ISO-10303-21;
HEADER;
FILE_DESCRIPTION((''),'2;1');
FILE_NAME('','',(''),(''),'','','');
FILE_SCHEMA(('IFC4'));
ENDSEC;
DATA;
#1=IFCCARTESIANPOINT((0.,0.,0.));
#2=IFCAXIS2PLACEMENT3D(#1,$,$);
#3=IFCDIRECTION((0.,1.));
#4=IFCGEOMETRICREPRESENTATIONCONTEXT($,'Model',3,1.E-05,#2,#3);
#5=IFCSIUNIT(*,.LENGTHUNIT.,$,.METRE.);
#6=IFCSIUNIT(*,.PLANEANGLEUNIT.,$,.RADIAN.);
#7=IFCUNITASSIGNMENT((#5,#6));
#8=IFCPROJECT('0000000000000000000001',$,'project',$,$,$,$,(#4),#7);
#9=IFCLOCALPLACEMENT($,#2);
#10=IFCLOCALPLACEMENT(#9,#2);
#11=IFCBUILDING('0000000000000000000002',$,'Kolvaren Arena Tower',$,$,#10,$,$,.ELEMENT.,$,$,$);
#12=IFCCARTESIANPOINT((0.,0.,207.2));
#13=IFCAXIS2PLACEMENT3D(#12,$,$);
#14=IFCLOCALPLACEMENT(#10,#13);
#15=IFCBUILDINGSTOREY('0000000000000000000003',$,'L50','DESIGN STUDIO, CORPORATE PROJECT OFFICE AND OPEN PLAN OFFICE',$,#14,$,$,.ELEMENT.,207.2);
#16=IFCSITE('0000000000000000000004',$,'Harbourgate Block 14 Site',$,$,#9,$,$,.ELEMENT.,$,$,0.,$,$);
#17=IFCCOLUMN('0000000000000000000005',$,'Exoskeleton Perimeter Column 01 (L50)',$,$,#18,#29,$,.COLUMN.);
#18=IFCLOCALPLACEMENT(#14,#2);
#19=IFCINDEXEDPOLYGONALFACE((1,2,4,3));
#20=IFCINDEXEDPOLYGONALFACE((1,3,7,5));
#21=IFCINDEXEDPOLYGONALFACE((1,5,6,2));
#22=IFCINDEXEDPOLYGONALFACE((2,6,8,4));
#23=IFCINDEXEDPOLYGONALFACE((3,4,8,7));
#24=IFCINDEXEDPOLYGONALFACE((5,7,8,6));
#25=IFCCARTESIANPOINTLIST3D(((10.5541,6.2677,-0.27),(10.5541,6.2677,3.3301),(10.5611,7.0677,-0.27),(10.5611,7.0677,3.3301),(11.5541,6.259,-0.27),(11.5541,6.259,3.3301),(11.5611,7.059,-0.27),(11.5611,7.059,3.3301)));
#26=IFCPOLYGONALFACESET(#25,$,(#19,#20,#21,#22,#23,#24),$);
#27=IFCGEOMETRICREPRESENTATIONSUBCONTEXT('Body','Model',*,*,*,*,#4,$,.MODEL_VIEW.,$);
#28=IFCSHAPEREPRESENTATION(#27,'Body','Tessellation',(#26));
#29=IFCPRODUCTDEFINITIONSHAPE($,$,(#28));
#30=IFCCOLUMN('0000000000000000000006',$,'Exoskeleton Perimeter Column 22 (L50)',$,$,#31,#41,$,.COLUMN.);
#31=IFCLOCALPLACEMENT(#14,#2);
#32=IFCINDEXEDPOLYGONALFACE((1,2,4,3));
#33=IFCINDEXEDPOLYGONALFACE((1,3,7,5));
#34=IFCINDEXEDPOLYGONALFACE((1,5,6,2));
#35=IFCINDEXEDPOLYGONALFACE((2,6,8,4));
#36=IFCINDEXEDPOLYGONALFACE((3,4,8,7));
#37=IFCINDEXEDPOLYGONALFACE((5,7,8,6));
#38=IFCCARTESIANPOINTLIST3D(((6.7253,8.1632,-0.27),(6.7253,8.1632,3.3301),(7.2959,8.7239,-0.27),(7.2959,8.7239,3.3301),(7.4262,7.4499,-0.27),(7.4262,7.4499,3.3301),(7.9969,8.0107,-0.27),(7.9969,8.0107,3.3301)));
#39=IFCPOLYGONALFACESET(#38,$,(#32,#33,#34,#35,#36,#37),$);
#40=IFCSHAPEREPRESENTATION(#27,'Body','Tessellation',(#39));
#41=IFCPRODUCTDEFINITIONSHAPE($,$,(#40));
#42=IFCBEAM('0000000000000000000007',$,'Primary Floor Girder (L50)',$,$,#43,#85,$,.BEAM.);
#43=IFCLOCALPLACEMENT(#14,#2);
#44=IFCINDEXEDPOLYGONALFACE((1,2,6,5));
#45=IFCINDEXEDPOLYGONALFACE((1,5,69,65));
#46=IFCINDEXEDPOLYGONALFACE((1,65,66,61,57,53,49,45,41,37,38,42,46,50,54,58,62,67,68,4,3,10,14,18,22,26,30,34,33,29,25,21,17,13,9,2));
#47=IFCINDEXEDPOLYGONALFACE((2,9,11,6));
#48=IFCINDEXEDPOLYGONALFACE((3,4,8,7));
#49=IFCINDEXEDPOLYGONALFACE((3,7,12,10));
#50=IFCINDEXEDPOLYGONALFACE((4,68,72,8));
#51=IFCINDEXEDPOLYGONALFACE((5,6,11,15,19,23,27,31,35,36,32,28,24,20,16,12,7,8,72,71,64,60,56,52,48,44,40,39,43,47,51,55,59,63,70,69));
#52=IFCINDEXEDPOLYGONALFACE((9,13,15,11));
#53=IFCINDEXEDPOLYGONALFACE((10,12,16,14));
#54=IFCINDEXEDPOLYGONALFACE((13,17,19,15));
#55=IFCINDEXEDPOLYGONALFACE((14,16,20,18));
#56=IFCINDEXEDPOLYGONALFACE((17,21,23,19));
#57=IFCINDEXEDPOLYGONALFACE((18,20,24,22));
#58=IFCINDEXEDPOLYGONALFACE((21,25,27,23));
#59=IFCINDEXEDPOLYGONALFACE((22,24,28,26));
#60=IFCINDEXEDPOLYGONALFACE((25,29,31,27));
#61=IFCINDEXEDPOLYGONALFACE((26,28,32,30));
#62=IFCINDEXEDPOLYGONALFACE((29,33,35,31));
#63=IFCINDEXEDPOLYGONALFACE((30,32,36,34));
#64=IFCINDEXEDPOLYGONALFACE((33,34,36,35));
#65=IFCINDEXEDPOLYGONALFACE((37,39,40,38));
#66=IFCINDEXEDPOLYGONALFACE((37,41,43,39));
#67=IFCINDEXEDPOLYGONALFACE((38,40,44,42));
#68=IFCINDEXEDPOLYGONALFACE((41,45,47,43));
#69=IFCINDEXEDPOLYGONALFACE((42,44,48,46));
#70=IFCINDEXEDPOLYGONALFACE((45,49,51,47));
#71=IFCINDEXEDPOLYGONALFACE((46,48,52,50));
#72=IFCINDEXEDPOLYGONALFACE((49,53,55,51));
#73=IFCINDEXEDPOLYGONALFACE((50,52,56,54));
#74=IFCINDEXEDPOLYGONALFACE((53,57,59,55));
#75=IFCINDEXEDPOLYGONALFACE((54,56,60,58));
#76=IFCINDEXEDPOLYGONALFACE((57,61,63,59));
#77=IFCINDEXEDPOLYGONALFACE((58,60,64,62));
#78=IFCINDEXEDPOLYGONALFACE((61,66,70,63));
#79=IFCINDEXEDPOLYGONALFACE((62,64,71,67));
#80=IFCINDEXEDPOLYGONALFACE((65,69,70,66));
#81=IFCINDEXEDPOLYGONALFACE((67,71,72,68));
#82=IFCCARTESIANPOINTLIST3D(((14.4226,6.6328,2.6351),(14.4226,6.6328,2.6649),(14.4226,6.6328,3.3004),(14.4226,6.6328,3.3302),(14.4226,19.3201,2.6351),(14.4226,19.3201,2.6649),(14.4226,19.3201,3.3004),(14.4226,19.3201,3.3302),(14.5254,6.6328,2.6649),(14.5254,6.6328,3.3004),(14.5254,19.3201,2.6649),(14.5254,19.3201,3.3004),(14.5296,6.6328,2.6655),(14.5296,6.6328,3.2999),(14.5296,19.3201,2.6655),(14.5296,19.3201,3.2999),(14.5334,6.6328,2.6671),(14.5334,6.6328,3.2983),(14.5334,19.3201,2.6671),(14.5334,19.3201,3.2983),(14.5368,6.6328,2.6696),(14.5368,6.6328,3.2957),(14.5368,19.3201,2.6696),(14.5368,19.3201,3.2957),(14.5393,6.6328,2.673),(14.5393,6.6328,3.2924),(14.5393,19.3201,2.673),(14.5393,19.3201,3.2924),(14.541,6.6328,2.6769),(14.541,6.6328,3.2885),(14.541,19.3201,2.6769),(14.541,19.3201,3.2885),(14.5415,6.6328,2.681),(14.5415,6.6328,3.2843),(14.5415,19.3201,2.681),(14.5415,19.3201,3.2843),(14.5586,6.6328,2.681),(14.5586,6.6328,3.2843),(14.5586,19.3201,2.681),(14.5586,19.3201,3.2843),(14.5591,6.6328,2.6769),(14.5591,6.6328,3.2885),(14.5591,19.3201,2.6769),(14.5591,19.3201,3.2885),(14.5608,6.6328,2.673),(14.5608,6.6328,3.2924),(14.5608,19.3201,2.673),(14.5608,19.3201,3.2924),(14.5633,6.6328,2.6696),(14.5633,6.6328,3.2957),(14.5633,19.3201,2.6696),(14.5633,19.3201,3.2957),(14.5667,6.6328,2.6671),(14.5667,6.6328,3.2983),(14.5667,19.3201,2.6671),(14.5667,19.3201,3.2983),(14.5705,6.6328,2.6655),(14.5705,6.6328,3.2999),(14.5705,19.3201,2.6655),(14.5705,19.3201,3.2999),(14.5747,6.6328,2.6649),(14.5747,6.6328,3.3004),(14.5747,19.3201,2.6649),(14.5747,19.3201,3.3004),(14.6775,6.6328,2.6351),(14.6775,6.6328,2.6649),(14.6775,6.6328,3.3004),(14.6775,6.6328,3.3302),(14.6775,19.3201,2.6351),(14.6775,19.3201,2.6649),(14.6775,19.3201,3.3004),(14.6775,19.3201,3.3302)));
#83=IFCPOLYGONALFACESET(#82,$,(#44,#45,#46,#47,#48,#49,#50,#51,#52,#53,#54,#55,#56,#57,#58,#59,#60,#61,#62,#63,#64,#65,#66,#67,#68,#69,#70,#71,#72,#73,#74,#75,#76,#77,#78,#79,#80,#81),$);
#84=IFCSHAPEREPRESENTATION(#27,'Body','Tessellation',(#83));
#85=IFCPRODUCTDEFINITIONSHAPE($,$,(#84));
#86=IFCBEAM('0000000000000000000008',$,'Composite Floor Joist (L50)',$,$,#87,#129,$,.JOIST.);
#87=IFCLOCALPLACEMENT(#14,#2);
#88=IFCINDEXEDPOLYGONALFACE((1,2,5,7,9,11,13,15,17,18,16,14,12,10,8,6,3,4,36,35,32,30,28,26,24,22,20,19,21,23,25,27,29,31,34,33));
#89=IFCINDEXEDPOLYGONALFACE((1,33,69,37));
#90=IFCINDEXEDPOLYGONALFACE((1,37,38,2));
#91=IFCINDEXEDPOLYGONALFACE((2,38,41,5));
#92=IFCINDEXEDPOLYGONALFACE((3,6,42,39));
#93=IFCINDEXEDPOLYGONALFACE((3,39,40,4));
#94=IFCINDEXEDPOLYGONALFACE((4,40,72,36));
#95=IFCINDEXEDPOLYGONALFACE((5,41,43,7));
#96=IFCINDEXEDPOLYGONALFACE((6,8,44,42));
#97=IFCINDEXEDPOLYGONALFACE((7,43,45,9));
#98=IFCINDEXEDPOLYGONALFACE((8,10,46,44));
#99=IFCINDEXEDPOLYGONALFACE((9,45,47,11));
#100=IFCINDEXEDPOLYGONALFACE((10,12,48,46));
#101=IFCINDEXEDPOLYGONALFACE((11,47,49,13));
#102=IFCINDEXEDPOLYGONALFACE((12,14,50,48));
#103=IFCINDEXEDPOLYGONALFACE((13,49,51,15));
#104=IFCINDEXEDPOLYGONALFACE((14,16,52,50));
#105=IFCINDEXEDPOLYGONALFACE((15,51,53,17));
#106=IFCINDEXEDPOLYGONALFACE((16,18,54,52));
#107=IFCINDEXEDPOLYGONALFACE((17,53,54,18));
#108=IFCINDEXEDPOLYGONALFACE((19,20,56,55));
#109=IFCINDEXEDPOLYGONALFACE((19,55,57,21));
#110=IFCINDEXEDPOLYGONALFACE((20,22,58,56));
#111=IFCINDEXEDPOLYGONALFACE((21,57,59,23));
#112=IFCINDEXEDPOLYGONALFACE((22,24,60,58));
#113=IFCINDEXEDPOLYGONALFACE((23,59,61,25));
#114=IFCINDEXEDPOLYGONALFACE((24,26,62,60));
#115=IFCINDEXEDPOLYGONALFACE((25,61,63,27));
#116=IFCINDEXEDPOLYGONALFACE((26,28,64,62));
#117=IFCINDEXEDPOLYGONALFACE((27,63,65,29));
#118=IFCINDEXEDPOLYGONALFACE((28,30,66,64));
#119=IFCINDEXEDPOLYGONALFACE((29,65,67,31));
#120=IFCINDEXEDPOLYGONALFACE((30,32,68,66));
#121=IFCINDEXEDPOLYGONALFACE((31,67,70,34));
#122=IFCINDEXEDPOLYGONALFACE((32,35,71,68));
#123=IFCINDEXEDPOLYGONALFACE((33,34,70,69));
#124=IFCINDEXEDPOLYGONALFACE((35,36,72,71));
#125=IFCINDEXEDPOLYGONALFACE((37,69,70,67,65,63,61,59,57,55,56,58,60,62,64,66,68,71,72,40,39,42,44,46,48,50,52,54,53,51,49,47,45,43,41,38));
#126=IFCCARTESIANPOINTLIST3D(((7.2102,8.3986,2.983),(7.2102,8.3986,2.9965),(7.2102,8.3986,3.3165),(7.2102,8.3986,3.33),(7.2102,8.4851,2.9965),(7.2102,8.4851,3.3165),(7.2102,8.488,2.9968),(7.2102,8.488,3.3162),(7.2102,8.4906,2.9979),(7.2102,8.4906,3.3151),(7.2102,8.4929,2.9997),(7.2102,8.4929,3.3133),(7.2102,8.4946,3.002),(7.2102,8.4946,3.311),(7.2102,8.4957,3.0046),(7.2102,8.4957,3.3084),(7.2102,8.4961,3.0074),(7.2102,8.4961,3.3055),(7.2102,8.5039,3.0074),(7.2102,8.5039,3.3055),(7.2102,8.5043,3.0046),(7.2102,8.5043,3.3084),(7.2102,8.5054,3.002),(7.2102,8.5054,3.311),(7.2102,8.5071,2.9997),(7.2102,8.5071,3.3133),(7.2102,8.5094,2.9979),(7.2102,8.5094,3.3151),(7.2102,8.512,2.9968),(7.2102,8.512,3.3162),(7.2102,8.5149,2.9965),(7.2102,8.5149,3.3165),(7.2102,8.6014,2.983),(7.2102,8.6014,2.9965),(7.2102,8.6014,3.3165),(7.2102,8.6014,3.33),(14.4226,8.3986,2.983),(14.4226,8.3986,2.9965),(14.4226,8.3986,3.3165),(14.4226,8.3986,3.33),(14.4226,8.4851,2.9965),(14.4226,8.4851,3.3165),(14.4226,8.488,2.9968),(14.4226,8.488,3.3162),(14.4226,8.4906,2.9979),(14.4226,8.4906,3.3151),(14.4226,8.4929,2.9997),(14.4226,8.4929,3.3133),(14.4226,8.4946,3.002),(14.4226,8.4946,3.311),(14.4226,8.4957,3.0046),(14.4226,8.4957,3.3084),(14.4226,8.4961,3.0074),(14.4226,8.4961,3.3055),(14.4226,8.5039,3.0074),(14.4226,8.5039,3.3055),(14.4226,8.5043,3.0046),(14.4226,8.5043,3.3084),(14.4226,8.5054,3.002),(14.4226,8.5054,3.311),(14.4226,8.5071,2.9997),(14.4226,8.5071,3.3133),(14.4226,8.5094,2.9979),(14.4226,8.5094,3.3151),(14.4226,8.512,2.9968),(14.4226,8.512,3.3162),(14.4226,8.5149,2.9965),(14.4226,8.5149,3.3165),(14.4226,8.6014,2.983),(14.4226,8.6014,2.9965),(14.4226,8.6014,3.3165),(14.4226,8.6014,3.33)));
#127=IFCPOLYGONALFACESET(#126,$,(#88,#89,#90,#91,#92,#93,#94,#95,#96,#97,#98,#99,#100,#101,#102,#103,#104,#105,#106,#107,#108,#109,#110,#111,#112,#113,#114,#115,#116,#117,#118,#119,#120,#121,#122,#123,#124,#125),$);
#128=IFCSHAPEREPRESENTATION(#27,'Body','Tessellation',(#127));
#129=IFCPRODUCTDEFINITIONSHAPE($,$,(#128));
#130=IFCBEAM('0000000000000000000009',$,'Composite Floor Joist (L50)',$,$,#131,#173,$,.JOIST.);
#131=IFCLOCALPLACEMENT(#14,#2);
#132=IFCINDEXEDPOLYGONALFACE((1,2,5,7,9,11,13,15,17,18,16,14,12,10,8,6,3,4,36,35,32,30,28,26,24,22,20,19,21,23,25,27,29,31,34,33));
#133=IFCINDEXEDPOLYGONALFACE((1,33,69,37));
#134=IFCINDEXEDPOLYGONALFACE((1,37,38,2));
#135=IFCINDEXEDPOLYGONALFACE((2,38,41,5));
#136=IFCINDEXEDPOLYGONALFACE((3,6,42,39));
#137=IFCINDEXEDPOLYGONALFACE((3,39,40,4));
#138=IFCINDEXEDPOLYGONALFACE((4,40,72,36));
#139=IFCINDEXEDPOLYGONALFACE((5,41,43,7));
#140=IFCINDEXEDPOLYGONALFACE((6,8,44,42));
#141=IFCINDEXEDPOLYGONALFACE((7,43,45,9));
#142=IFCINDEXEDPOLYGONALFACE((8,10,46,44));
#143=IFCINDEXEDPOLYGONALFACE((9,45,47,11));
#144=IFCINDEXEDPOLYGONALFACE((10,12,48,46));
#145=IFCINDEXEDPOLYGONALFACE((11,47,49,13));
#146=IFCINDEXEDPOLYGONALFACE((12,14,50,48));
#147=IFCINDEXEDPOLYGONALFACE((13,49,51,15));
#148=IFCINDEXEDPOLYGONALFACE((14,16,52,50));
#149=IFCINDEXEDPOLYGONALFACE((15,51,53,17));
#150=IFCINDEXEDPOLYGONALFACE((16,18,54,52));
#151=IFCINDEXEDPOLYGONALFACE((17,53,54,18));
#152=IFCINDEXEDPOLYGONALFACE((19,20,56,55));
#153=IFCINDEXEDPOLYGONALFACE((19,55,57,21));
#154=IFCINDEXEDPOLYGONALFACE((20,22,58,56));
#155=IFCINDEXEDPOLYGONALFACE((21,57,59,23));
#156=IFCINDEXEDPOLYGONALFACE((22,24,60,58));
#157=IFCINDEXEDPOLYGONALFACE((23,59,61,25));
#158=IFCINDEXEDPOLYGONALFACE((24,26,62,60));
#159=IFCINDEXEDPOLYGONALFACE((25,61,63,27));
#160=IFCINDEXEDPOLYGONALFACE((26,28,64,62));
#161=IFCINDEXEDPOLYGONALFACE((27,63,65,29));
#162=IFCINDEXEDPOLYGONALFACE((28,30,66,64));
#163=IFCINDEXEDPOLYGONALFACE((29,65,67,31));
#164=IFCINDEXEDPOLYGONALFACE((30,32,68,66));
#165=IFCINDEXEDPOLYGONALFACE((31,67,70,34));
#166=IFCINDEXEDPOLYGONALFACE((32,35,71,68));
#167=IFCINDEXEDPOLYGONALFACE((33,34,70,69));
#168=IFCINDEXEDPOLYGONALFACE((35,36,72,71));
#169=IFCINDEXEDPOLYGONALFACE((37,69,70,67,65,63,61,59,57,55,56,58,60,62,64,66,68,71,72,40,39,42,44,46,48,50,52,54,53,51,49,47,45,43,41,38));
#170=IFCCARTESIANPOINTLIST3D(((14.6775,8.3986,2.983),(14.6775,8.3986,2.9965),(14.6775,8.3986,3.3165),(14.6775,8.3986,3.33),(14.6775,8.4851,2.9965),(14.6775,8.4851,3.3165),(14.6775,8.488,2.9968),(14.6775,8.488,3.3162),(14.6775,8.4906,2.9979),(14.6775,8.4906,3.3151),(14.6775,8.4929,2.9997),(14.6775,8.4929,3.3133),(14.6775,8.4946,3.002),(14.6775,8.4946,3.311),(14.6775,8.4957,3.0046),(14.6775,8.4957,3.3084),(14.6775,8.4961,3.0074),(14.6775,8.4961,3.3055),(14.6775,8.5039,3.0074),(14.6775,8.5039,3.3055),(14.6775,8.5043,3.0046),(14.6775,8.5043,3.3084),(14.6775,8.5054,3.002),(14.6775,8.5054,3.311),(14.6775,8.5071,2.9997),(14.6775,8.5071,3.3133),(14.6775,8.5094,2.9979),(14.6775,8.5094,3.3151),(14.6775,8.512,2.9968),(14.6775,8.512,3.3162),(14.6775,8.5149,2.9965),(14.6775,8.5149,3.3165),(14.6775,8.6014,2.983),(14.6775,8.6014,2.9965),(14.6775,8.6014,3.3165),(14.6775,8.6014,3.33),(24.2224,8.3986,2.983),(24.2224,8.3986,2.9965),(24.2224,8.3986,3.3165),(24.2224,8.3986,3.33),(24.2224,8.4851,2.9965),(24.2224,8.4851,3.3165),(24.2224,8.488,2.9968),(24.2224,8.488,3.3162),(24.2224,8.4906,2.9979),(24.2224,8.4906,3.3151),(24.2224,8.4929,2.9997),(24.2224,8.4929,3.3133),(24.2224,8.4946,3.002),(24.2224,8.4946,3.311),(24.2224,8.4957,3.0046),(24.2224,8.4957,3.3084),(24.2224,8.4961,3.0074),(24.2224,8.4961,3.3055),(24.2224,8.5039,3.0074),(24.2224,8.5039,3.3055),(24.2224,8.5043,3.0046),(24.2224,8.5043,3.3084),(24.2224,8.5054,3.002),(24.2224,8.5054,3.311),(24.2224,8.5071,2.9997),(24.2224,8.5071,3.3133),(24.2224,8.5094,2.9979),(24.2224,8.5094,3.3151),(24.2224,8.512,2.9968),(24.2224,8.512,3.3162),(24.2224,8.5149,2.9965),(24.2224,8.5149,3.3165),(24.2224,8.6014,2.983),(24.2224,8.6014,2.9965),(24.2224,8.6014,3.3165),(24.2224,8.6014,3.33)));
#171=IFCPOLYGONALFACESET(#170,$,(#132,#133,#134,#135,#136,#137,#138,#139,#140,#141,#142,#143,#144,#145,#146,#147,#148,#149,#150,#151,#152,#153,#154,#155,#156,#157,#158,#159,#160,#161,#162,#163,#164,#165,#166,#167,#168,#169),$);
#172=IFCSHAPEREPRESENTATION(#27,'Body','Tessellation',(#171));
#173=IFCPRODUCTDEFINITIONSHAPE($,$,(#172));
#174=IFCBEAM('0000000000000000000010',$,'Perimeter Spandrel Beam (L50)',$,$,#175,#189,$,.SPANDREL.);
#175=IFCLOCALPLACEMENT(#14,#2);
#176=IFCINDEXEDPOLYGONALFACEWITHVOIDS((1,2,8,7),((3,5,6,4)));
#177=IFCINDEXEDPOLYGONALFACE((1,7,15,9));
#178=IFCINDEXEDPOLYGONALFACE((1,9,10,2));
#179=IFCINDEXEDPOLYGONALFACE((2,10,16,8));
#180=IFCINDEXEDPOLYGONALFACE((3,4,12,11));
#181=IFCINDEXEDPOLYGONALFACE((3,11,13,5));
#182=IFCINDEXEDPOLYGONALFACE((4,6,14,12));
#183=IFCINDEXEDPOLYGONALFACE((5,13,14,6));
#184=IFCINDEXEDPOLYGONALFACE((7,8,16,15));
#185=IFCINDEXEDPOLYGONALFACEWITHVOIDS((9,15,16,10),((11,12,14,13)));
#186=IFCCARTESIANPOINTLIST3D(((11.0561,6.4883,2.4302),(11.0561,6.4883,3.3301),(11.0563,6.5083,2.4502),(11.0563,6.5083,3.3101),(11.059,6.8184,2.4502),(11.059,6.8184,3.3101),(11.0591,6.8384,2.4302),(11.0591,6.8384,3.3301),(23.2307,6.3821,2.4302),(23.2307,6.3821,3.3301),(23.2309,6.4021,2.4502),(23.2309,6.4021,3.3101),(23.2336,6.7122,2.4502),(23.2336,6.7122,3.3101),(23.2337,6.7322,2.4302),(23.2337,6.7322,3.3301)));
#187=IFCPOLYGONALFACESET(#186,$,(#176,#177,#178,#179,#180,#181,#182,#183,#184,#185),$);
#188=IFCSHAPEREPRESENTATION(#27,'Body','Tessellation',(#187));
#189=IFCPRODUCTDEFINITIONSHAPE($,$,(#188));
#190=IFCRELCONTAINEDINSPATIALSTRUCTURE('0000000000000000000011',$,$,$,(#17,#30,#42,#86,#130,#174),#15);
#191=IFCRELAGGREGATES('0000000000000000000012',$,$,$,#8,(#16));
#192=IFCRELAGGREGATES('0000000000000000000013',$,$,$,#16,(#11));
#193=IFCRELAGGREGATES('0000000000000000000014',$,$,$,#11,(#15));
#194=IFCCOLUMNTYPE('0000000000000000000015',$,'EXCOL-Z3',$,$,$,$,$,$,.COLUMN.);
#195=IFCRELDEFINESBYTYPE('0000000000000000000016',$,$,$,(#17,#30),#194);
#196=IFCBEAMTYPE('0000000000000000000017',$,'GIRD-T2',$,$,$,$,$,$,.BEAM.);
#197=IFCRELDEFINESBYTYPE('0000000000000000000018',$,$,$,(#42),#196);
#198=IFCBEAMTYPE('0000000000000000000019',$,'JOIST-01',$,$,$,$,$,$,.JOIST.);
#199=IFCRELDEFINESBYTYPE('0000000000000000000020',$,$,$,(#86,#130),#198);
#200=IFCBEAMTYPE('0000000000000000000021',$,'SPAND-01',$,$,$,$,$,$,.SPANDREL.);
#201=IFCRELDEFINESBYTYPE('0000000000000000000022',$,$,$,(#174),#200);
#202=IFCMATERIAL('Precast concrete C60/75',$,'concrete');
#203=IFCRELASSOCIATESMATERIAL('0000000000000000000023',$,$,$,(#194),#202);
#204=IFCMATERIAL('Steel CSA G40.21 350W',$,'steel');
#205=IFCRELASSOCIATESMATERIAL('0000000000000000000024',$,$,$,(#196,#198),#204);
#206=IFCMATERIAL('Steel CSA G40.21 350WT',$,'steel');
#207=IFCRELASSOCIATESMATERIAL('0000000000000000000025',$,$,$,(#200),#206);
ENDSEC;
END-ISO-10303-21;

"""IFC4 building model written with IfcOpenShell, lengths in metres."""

from ifc_helpers import new_model, si_unit, direction, frame, origin, origin_2d, place, context, subcontext, project, spatial, rectangle, hollow_rectangle, i_section, extrude, material, material_profile, profile_set, type_object, element, save


model = new_model("IFC4")

# Units and contexts
model_context = context("Model", 3, precision=1e-05, world=origin(), true_north=direction((0.0, 1.0)))
body_context = subcontext(model_context, "Body", "Model", "MODEL_VIEW")
ifc_project = project(units=[si_unit("LENGTHUNIT", "METRE"), si_unit("PLANEANGLEUNIT", "RADIAN")], contexts=[model_context])

# Site, building, storey
site_placement = place(None, origin())
site = spatial("IfcSite", under=ifc_project, at=site_placement, Name="Harbourgate Block 14 Site", CompositionType="ELEMENT", RefElevation=0.0)
building_placement = place(site_placement, origin())
building = spatial("IfcBuilding", under=site, at=building_placement, Name="Kolvaren Arena Tower", CompositionType="ELEMENT")
storey_placement = place(building_placement, frame((0.0, 0.0, 207.2)))
storey = spatial("IfcBuildingStorey", under=building, at=storey_placement, Name="L50", Description="DESIGN STUDIO, CORPORATE PROJECT OFFICE AND OPEN PLAN OFFICE", CompositionType="ELEMENT", Elevation=207.2)

# Columns
ifc_material_1 = material(Name="Precast concrete C60/75", Category="concrete")
ifc_material_profile_1 = material_profile(ifc_material_1, rectangle(XDim=1.0, YDim=0.8, at=origin_2d()), Name="RC-1000x800")
ifc_profile_set_1 = profile_set([ifc_material_profile_1], Name="Precast concrete C60/75")
column_type = type_object("IfcColumnType", Name="EXCOL-Z3", PredefinedType="COLUMN", material=ifc_profile_set_1)
for number, where, z_axis, x_axis, name in (
    (1, (11.0576, 6.6633, -0.27), (0.0, 0.0, 1.0), (0.999962, -0.008727, 0.0), "Exoskeleton Perimeter Column 01 (L50)"),
    (2, (7.3611, 8.0869, -0.27), (0.0, 0.0, 1.0), (-0.700909, 0.71325, 0.0), "Exoskeleton Perimeter Column 22 (L50)"),
):
    element("IfcColumn", number, at=place(storey_placement, frame(where, z_axis=z_axis, x_axis=x_axis)), inside=storey, type_object=column_type, Name=name, PredefinedType="COLUMN", context=body_context, shape_type="SweptSolid", body=[
        extrude(rectangle(XDim=1.0, YDim=0.8, at=origin_2d()), origin(), (0.0, 0.0, 1.0), 3.6001),
    ])

# Beams
ifc_material_2 = material(Name="Steel CSA G40.21 350W", Category="steel")
ifc_material_profile_2 = material_profile(ifc_material_2, i_section(OverallWidth=0.2549, OverallDepth=0.6951, WebThickness=0.0171, FlangeThickness=0.0298, FilletRadius=0.0161, at=origin_2d()), Name="W690x217")
ifc_profile_set_2 = profile_set([ifc_material_profile_2], Name="Steel CSA G40.21 350W")
beam_type_1 = type_object("IfcBeamType", Name="GIRD-T2", PredefinedType="BEAM", material=ifc_profile_set_2)
beam_1_placement = place(storey_placement, frame((14.55, 6.6328, 2.9827), z_axis=(0.0, 1.0, 0.0), x_axis=(-1.0, 0.0, 0.0)))
element("IfcBeam", 3, at=beam_1_placement, inside=storey, type_object=beam_type_1, Name="Primary Floor Girder (L50)", PredefinedType="BEAM", context=body_context, shape_type="SweptSolid", body=[
    extrude(i_section(OverallWidth=0.2549, OverallDepth=0.6951, WebThickness=0.0171, FlangeThickness=0.0298, FilletRadius=0.0161, at=origin_2d()), origin(), (0.0, 0.0, 1.0), 12.6873),
])
ifc_material_profile_3 = material_profile(ifc_material_2, i_section(OverallWidth=0.2029, OverallDepth=0.3469, WebThickness=0.0078, FlangeThickness=0.0134, FilletRadius=0.011, at=origin_2d()), Name="W360x64")
ifc_profile_set_3 = profile_set([ifc_material_profile_3], Name="Steel CSA G40.21 350W")
beam_type_2 = type_object("IfcBeamType", Name="JOIST-01", PredefinedType="JOIST", material=ifc_profile_set_3)
beam_2_placement = place(storey_placement, frame((7.2102, 8.5, 3.1565), z_axis=(1.0, 0.0, 0.0), x_axis=(0.0, 1.0, 0.0)))
element("IfcBeam", 4, at=beam_2_placement, inside=storey, type_object=beam_type_2, Name="Composite Floor Joist (L50)", PredefinedType="JOIST", context=body_context, shape_type="SweptSolid", body=[
    extrude(i_section(OverallWidth=0.2029, OverallDepth=0.3469, WebThickness=0.0078, FlangeThickness=0.0134, FilletRadius=0.011, at=origin_2d()), origin(), (0.0, 0.0, 1.0), 7.2124),
])
beam_3_placement = place(storey_placement, frame((14.6775, 8.5, 3.1565), z_axis=(1.0, 0.0, 0.0), x_axis=(0.0, 1.0, 0.0)))
element("IfcBeam", 5, at=beam_3_placement, inside=storey, type_object=beam_type_2, Name="Composite Floor Joist (L50)", PredefinedType="JOIST", context=body_context, shape_type="SweptSolid", body=[
    extrude(i_section(OverallWidth=0.2029, OverallDepth=0.3469, WebThickness=0.0078, FlangeThickness=0.0134, FilletRadius=0.011, at=origin_2d()), origin(), (0.0, 0.0, 1.0), 9.5449),
])
ifc_material_3 = material(Name="Steel CSA G40.21 350WT", Category="steel")
ifc_material_profile_4 = material_profile(ifc_material_3, hollow_rectangle(XDim=0.3501, YDim=0.8999, WallThickness=0.02, at=origin_2d()), Name="HSS 900x350x20")
ifc_profile_set_4 = profile_set([ifc_material_profile_4], Name="Steel CSA G40.21 350WT")
beam_type_3 = type_object("IfcBeamType", Name="SPAND-01", PredefinedType="SPANDREL", material=ifc_profile_set_4)
beam_4_placement = place(storey_placement, frame((11.0576, 6.6633, 2.8801), z_axis=(0.999962, -0.008723, 0.0), x_axis=(0.008723, 0.999962, 0.0)))
element("IfcBeam", 6, at=beam_4_placement, inside=storey, type_object=beam_type_3, Name="Perimeter Spandrel Beam (L50)", PredefinedType="SPANDREL", context=body_context, shape_type="SweptSolid", body=[
    extrude(hollow_rectangle(XDim=0.3501, YDim=0.8999, WallThickness=0.02, at=origin_2d()), origin(), (0.0, 0.0, 1.0), 12.175),
])

save(model, "model.ifc")
